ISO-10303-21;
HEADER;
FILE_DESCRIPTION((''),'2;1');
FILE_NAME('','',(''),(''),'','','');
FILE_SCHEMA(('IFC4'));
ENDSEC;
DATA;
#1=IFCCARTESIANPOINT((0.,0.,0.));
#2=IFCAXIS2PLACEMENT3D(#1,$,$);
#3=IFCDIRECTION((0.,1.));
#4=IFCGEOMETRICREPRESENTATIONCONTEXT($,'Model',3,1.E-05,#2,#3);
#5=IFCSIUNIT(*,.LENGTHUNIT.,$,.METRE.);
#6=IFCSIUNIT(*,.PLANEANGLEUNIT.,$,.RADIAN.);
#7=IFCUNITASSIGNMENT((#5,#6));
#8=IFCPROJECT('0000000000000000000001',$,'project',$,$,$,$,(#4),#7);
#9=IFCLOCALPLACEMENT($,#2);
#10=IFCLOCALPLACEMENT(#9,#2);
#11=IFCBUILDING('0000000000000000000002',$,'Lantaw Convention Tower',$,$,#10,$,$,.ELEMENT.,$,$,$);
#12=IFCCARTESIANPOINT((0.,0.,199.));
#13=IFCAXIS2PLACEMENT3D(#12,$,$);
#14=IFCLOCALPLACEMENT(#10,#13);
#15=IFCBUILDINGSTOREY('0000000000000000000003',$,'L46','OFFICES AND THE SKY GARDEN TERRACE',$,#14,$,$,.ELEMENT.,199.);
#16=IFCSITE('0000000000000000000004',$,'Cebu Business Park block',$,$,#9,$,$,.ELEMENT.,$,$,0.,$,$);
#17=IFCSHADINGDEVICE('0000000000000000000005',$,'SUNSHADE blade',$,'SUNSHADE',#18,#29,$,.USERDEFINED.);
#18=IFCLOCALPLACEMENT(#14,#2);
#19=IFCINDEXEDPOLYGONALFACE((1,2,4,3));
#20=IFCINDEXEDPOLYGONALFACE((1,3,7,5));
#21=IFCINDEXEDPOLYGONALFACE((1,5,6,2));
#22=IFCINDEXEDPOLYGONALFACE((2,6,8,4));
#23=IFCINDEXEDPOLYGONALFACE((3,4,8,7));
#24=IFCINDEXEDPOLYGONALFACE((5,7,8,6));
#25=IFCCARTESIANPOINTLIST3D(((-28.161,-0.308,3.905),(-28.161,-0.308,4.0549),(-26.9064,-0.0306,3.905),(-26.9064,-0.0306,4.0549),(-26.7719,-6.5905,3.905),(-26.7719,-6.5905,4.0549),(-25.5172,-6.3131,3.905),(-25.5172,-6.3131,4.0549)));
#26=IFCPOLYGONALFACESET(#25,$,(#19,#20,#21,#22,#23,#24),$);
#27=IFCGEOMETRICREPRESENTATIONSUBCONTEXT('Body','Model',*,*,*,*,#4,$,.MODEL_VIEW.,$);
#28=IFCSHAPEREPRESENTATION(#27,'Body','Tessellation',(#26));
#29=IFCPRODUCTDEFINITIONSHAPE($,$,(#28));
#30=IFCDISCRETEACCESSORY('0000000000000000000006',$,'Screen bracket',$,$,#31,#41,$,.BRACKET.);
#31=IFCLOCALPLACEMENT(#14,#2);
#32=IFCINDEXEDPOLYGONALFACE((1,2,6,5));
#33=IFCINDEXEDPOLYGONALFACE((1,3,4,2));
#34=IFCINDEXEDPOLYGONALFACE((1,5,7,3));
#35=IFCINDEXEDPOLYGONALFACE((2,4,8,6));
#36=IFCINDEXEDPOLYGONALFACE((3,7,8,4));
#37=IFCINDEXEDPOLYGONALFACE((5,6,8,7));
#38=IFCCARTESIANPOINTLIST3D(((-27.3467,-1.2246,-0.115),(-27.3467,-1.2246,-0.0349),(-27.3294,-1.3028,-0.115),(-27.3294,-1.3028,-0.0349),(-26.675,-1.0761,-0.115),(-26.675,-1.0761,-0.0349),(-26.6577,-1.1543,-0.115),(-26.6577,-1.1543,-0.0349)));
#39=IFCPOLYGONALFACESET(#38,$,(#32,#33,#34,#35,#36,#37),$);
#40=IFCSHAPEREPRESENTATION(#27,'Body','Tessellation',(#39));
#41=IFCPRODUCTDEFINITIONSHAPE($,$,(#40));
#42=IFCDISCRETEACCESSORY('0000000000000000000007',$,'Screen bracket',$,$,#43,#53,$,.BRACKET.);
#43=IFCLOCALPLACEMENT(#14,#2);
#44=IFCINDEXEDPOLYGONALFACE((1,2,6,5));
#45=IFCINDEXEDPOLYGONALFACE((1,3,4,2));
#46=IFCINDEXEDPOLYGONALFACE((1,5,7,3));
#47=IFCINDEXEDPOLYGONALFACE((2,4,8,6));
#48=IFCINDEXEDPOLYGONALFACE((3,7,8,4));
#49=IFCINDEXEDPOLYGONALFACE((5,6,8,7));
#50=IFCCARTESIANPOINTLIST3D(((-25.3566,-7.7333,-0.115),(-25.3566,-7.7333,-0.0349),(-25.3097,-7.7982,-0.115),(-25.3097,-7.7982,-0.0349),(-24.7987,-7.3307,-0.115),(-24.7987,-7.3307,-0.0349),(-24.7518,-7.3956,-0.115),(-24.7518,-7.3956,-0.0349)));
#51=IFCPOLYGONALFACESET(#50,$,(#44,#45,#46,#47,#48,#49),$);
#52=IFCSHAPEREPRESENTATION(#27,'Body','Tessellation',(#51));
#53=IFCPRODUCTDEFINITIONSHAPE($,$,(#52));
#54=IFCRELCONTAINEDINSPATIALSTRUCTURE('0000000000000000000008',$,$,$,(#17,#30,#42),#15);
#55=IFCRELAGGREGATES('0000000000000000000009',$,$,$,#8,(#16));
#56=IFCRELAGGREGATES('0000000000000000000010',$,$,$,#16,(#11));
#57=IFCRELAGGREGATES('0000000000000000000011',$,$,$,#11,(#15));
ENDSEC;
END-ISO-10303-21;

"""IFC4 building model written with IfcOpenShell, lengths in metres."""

from ifc_helpers import new_model, si_unit, direction, frame, origin, origin_2d, place, context, subcontext, project, spatial, rectangle, extrude, element, save


model = new_model("IFC4")

# Units and contexts
model_context = context("Model", 3, precision=1e-05, world=origin(), true_north=direction((0.0, 1.0)))
body_context = subcontext(model_context, "Body", "Model", "MODEL_VIEW")
ifc_project = project(units=[si_unit("LENGTHUNIT", "METRE"), si_unit("PLANEANGLEUNIT", "RADIAN")], contexts=[model_context])

# Site, building, storey
site_placement = place(None, origin())
site = spatial("IfcSite", under=ifc_project, at=site_placement, Name="Cebu Business Park block", CompositionType="ELEMENT", RefElevation=0.0)
building_placement = place(site_placement, origin())
building = spatial("IfcBuilding", under=site, at=building_placement, Name="Lantaw Convention Tower", CompositionType="ELEMENT")
storey_placement = place(building_placement, frame((0.0, 0.0, 199.0)))
storey = spatial("IfcBuildingStorey", under=building, at=storey_placement, Name="L46", Description="OFFICES AND THE SKY GARDEN TERRACE", CompositionType="ELEMENT", Elevation=199.0)

# Shading device
shading_device_placement = place(storey_placement, frame((-26.8391, -3.3105, 3.905), z_axis=(0.0, 0.0, 1.0), x_axis=(0.215891, -0.976417, 0.0)))
element("IfcShadingDevice", 1, at=shading_device_placement, inside=storey, Name="SUNSHADE blade", ObjectType="SUNSHADE", PredefinedType="USERDEFINED", context=body_context, shape_type="SweptSolid", body=[
    extrude(rectangle(XDim=6.4343, YDim=1.2849, at=origin_2d()), origin(), (0.0, 0.0, 1.0), 0.1499),
])

# Discrete accessories
for number, where, z_axis, x_axis, name in (
    (2, (-27.0022, -1.1895, -0.115), (0.0, 0.0, 1.0), (0.215891, -0.976417, 0.0), "Screen bracket"),
    (3, (-25.0542, -7.5645, -0.115), (0.0, 0.0, 1.0), (0.585158, -0.81092, 0.0), "Screen bracket"),
):
    element("IfcDiscreteAccessory", number, at=place(storey_placement, frame(where, z_axis=z_axis, x_axis=x_axis)), inside=storey, Name=name, PredefinedType="BRACKET", context=body_context, shape_type="SweptSolid", body=[
        extrude(rectangle(XDim=0.0801, YDim=0.688, at=origin_2d()), origin(), (0.0, 0.0, 1.0), 0.0801),
    ])

save(model, "model.ifc")
